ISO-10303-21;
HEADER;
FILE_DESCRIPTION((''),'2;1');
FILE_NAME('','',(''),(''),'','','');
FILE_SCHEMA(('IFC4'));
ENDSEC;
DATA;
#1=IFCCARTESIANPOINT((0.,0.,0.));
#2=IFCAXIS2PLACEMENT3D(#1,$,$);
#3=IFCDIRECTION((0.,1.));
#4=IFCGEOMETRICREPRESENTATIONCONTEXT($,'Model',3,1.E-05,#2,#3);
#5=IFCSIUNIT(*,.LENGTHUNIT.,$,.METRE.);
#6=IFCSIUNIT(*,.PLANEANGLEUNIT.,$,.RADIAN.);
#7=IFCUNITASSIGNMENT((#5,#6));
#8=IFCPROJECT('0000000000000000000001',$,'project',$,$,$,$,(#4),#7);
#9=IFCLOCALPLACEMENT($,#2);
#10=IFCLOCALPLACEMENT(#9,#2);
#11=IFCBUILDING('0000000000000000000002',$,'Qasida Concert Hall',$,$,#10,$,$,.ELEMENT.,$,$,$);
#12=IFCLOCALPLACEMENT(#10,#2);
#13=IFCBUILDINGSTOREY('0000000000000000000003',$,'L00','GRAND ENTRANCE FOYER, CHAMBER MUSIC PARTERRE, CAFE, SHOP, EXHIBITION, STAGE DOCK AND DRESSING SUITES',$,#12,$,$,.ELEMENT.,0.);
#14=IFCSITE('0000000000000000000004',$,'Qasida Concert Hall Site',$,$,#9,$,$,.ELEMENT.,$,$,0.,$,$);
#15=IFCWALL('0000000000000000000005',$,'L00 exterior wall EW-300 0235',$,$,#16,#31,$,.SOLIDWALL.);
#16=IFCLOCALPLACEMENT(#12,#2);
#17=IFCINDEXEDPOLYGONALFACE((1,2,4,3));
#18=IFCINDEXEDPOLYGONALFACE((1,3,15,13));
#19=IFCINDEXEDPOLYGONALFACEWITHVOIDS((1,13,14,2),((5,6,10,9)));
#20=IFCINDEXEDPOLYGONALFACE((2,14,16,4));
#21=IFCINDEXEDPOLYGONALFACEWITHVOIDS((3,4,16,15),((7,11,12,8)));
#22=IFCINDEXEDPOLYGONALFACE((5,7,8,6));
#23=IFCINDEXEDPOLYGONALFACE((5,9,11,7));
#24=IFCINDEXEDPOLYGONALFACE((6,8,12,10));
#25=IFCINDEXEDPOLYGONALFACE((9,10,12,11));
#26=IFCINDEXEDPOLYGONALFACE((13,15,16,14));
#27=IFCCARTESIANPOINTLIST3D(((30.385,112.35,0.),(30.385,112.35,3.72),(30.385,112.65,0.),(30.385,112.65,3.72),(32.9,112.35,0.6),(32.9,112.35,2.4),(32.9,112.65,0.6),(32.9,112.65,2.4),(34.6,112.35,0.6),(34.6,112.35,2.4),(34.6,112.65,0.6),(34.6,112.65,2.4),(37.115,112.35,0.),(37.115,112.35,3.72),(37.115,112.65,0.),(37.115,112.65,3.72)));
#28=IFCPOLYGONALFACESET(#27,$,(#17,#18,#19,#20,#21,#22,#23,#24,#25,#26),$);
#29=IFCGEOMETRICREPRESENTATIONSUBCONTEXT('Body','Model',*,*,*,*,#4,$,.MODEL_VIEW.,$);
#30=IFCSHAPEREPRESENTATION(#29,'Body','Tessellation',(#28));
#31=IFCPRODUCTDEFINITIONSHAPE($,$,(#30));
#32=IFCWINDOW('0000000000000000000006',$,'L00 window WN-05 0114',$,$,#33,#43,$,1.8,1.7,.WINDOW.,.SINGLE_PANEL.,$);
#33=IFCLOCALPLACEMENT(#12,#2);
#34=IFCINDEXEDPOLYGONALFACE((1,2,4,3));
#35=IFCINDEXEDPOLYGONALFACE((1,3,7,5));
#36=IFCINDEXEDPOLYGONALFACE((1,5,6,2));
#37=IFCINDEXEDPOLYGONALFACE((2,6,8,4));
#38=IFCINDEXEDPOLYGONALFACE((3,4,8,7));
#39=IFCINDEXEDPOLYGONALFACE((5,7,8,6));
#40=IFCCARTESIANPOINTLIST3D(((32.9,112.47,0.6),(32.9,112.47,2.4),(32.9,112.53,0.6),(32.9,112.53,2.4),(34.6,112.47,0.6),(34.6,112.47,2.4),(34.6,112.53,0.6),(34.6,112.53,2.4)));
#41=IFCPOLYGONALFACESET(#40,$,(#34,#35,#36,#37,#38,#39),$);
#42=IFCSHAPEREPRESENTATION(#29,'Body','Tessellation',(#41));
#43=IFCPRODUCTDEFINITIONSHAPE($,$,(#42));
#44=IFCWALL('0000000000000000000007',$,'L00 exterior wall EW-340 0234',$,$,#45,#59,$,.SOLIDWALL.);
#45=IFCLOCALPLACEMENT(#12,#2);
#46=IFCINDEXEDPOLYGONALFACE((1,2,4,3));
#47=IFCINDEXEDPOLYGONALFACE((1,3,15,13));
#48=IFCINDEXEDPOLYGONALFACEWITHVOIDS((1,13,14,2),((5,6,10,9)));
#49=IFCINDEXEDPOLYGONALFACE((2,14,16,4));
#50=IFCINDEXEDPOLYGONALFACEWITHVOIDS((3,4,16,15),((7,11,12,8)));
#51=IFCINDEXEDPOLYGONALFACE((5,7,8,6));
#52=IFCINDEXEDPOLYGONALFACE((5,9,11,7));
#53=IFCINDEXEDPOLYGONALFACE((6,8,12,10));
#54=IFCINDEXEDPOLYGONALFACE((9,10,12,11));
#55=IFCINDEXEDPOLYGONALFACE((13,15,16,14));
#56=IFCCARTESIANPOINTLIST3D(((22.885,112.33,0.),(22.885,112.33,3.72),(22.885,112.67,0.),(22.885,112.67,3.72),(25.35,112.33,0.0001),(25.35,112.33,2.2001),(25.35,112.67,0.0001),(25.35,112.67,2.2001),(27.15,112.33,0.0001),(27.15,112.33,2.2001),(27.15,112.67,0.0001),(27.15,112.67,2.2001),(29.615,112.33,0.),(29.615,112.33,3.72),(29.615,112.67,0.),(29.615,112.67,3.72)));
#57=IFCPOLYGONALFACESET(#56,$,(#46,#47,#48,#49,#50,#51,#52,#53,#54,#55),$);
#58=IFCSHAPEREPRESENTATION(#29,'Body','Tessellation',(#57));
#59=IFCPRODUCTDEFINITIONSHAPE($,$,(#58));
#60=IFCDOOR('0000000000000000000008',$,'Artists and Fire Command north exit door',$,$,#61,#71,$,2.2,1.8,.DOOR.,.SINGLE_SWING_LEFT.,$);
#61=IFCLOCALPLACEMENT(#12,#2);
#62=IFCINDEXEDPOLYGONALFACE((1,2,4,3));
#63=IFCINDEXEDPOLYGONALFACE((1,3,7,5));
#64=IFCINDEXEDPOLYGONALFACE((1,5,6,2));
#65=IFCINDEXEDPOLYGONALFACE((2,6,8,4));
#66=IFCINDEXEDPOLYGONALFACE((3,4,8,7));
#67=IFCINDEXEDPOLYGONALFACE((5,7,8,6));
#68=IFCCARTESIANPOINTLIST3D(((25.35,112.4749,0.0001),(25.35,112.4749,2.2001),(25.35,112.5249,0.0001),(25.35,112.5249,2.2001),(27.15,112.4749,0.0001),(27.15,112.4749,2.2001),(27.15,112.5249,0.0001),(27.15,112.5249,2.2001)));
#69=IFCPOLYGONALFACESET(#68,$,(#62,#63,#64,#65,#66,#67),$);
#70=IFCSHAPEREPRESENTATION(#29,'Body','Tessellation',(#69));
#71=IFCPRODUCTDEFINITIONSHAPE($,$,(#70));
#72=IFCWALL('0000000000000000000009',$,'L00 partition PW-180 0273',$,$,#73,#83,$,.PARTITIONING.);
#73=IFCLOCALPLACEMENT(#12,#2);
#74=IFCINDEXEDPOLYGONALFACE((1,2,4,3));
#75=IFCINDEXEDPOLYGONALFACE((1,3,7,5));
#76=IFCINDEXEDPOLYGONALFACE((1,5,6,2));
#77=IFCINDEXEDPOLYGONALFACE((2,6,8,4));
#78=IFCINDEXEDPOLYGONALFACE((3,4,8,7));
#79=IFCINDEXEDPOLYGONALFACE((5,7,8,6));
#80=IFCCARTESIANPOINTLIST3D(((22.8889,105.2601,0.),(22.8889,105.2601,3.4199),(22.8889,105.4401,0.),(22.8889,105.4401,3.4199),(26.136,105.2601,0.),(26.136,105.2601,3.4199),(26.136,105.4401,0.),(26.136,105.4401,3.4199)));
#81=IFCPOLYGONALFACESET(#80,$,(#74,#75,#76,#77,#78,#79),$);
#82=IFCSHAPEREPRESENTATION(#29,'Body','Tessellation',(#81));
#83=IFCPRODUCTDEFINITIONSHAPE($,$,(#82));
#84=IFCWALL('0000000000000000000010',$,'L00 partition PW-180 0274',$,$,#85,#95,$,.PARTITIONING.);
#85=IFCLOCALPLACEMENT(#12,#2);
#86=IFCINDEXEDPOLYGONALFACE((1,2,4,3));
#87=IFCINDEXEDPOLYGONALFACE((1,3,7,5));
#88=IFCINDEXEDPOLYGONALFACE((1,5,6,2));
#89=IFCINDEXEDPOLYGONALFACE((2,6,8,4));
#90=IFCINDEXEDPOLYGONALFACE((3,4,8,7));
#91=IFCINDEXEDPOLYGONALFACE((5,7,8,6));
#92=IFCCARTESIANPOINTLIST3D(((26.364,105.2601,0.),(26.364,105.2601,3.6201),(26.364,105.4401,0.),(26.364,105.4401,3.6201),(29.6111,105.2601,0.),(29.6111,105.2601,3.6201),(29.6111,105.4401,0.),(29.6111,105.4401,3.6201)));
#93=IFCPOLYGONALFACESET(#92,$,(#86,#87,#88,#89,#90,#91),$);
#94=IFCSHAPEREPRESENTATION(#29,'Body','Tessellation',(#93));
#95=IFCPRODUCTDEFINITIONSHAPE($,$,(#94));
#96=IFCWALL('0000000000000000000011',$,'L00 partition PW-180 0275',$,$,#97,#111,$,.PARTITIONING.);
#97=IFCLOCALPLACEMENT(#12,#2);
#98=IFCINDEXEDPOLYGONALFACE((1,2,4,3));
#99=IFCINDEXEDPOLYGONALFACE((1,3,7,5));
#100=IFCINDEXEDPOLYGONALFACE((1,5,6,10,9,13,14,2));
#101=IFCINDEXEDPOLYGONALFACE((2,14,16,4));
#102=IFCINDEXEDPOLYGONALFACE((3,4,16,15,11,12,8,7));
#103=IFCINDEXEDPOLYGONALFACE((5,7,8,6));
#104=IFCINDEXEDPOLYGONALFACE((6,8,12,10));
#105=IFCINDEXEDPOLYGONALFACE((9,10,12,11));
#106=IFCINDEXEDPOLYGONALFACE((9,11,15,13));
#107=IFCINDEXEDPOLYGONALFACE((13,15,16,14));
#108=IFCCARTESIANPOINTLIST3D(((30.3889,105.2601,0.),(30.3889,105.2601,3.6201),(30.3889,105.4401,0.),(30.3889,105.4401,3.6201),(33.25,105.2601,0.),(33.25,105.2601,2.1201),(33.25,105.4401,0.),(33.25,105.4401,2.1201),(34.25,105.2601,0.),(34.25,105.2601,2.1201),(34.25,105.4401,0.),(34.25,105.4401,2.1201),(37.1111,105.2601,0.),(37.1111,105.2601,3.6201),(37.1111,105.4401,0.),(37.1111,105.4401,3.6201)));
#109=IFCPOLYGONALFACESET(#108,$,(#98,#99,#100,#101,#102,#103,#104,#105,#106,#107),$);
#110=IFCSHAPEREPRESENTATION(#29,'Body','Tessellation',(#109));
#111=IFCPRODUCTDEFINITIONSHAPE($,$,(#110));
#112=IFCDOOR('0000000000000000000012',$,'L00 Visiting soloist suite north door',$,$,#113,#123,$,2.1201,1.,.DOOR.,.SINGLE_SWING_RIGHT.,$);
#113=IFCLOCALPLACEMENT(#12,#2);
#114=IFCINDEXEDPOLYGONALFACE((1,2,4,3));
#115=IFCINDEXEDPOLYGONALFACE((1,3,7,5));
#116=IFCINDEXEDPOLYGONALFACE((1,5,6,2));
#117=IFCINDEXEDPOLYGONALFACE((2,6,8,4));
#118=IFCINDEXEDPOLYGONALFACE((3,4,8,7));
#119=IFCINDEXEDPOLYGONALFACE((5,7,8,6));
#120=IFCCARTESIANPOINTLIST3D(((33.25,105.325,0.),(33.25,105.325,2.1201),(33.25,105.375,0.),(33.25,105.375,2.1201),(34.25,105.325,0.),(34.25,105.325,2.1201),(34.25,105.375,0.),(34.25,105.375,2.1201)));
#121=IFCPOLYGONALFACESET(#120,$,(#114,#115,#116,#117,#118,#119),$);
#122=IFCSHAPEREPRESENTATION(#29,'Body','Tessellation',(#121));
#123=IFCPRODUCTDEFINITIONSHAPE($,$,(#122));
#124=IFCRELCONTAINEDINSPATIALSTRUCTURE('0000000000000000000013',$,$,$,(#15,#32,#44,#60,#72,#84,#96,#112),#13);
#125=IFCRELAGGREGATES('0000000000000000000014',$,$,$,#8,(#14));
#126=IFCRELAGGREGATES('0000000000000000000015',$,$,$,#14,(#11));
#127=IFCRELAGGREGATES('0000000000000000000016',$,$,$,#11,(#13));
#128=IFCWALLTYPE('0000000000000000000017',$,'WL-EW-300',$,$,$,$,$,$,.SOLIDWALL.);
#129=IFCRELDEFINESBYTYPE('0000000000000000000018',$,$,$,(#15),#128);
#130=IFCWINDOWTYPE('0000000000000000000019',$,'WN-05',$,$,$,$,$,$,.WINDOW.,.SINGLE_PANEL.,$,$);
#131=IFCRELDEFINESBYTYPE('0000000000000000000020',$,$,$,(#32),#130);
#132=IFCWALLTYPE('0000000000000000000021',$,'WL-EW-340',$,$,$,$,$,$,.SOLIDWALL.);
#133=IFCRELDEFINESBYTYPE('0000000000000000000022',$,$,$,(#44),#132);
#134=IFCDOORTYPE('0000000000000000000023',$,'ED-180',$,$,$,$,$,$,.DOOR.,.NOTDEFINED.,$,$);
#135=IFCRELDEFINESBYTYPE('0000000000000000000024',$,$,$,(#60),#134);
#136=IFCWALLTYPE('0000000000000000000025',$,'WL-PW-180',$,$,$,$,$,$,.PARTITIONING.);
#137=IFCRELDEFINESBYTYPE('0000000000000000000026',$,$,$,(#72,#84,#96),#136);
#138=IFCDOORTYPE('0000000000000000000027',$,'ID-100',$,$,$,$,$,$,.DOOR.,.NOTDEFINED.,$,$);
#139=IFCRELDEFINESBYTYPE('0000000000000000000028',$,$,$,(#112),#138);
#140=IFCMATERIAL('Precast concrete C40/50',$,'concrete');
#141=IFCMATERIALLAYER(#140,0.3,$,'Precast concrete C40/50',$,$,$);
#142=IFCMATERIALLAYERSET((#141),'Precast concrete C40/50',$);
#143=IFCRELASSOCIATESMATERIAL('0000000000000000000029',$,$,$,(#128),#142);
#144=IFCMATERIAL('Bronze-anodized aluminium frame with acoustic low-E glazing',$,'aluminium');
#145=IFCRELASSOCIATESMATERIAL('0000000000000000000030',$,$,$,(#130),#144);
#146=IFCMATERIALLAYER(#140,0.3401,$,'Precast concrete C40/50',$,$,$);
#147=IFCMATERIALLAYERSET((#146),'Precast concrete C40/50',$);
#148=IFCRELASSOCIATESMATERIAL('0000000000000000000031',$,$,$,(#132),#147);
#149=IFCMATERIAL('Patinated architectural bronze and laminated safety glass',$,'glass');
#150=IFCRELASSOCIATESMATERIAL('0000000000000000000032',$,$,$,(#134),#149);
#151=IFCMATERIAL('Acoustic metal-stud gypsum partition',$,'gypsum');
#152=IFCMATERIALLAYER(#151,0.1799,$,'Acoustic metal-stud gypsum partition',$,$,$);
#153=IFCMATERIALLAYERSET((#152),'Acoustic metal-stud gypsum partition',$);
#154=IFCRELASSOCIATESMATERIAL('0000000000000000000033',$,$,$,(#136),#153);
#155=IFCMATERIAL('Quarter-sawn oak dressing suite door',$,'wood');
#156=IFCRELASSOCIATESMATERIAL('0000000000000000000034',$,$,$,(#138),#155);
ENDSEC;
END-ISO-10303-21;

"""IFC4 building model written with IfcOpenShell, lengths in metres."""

from ifc_helpers import new_model, si_unit, direction, frame, frame_2d, origin, place, context, subcontext, project, spatial, rectangle, extrude, material, layer, layer_set, type_object, element, fill, save


model = new_model("IFC4")

# Units and contexts
model_context = context("Model", 3, precision=1e-05, world=origin(), true_north=direction((0.0, 1.0)))
body_context = subcontext(model_context, "Body", "Model", "MODEL_VIEW")
ifc_project = project(units=[si_unit("LENGTHUNIT", "METRE"), si_unit("PLANEANGLEUNIT", "RADIAN")], contexts=[model_context])

# Site, building, storey
site_placement = place(None, origin())
site = spatial("IfcSite", under=ifc_project, at=site_placement, Name="Qasida Concert Hall Site", CompositionType="ELEMENT", RefElevation=0.0)
building_placement = place(site_placement, origin())
building = spatial("IfcBuilding", under=site, at=building_placement, Name="Qasida Concert Hall", CompositionType="ELEMENT")
storey_placement = place(building_placement, origin())
storey = spatial("IfcBuildingStorey", under=building, at=storey_placement, Name="L00", Description="GRAND ENTRANCE FOYER, CHAMBER MUSIC PARTERRE, CAFE, SHOP, EXHIBITION, STAGE DOCK AND DRESSING SUITES", CompositionType="ELEMENT", Elevation=0.0)

# Wall, opening, window
ifc_material_1 = material(Name="Precast concrete C40/50", Category="concrete")
ifc_layer_1 = layer(ifc_material_1, 0.3, Name="Precast concrete C40/50")
ifc_layer_set_1 = layer_set([ifc_layer_1], Name="Precast concrete C40/50")
wall_type_1 = type_object("IfcWallType", Name="WL-EW-300", PredefinedType="SOLIDWALL", material=ifc_layer_set_1)
wall_1_placement = place(storey_placement, frame((30.385, 112.5, 0.0), z_axis=(0.0, 0.0, 1.0), x_axis=(1.0, 0.0, 0.0)))
wall_1 = element("IfcWall", 1, at=wall_1_placement, inside=storey, type_object=wall_type_1, Name="L00 exterior wall EW-300 0235", PredefinedType="SOLIDWALL", context=body_context, shape_type="SweptSolid", body=[
    extrude(rectangle(XDim=6.73, YDim=0.3, at=frame_2d((3.365, 0.0))), origin(), (0.0, 0.0, 1.0), 3.72),
])
opening_1_placement = place(wall_1_placement, frame((2.5149, 0.0, 0.6001)))
opening_1 = element("IfcOpeningElement", 2, at=opening_1_placement, cuts=wall_1, PredefinedType="OPENING", context=body_context, shape_type="SweptSolid", body=[
    extrude(rectangle(XDim=1.7, YDim=1.8, at=frame_2d((0.8501, 0.8999))), frame((0.0, 0.1599, 0.0), z_axis=(0.0, -1.0, 0.0), x_axis=(1.0, 0.0, 0.0)), (0.0, 0.0, 1.0), 0.3201),
])
ifc_material_2 = material(Name="Bronze-anodized aluminium frame with acoustic low-E glazing", Category="aluminium")
window_type = type_object("IfcWindowType", Name="WN-05", PartitioningType="SINGLE_PANEL", PredefinedType="WINDOW", material=ifc_material_2)
window_placement = place(opening_1_placement, origin())
window = element("IfcWindow", 3, at=window_placement, inside=storey, type_object=window_type, Name="L00 window WN-05 0114", OverallHeight=1.8, OverallWidth=1.7, PartitioningType="SINGLE_PANEL", PredefinedType="WINDOW", context=body_context, shape_type="SweptSolid", body=[
    extrude(rectangle(XDim=1.7, YDim=1.8, at=frame_2d((0.8501, 0.8999))), frame((0.0, 0.03, 0.0), z_axis=(0.0, -1.0, 0.0), x_axis=(1.0, 0.0, 0.0)), (0.0, 0.0, 1.0), 0.0601),
])
fill(opening_1, window)

# Wall, opening, door
ifc_layer_2 = layer(ifc_material_1, 0.3401, Name="Precast concrete C40/50")
ifc_layer_set_2 = layer_set([ifc_layer_2], Name="Precast concrete C40/50")
wall_type_2 = type_object("IfcWallType", Name="WL-EW-340", PredefinedType="SOLIDWALL", material=ifc_layer_set_2)
wall_2_placement = place(storey_placement, frame((22.885, 112.5, 0.0), z_axis=(0.0, 0.0, 1.0), x_axis=(1.0, 0.0, 0.0)))
wall_2 = element("IfcWall", 4, at=wall_2_placement, inside=storey, type_object=wall_type_2, Name="L00 exterior wall EW-340 0234", PredefinedType="SOLIDWALL", context=body_context, shape_type="SweptSolid", body=[
    extrude(rectangle(XDim=6.73, YDim=0.3401, at=frame_2d((3.365, 0.0))), origin(), (0.0, 0.0, 1.0), 3.72),
])
opening_2_placement = place(wall_2_placement, frame((2.4651, 0.0, 0.0)))
opening_2 = element("IfcOpeningElement", 5, at=opening_2_placement, cuts=wall_2, PredefinedType="OPENING", context=body_context, shape_type="SweptSolid", body=[
    extrude(rectangle(XDim=1.8, YDim=2.2, at=frame_2d((0.8999, 1.1001))), frame((0.0, 0.1799, 0.0), z_axis=(0.0, -1.0, 0.0), x_axis=(1.0, 0.0, 0.0)), (0.0, 0.0, 1.0), 0.3601),
])
ifc_material_3 = material(Name="Patinated architectural bronze and laminated safety glass", Category="glass")
door_type_1 = type_object("IfcDoorType", Name="ED-180", OperationType="NOTDEFINED", PredefinedType="DOOR", material=ifc_material_3)
door_1_placement = place(opening_2_placement, origin())
door_1 = element("IfcDoor", 6, at=door_1_placement, inside=storey, type_object=door_type_1, Name="Artists and Fire Command north exit door", OperationType="SINGLE_SWING_LEFT", OverallHeight=2.2, OverallWidth=1.8, PredefinedType="DOOR", context=body_context, shape_type="SweptSolid", body=[
    extrude(rectangle(XDim=1.8, YDim=2.2, at=frame_2d((0.8999, 1.1001))), frame((0.0, 0.0249, 0.0), z_axis=(0.0, -1.0, 0.0), x_axis=(1.0, 0.0, 0.0)), (0.0, 0.0, 1.0), 0.05),
])
fill(opening_2, door_1)

# Walls
ifc_material_4 = material(Name="Acoustic metal-stud gypsum partition", Category="gypsum")
ifc_layer_3 = layer(ifc_material_4, 0.1799, Name="Acoustic metal-stud gypsum partition")
ifc_layer_set_3 = layer_set([ifc_layer_3], Name="Acoustic metal-stud gypsum partition")
wall_type_3 = type_object("IfcWallType", Name="WL-PW-180", PredefinedType="PARTITIONING", material=ifc_layer_set_3)
wall_3_placement = place(storey_placement, frame((22.8889, 105.3501, 0.0), z_axis=(0.0, 0.0, 1.0), x_axis=(1.0, 0.0, 0.0)))
element("IfcWall", 7, at=wall_3_placement, inside=storey, type_object=wall_type_3, Name="L00 partition PW-180 0273", PredefinedType="PARTITIONING", context=body_context, shape_type="SweptSolid", body=[
    extrude(rectangle(XDim=3.2471, YDim=0.1799, at=frame_2d((1.6235, 0.0))), origin(), (0.0, 0.0, 1.0), 3.4199),
])
wall_4_placement = place(storey_placement, frame((26.364, 105.3501, 0.0), z_axis=(0.0, 0.0, 1.0), x_axis=(1.0, 0.0, 0.0)))
element("IfcWall", 8, at=wall_4_placement, inside=storey, type_object=wall_type_3, Name="L00 partition PW-180 0274", PredefinedType="PARTITIONING", context=body_context, shape_type="SweptSolid", body=[
    extrude(rectangle(XDim=3.2471, YDim=0.1799, at=frame_2d((1.6235, 0.0))), origin(), (0.0, 0.0, 1.0), 3.6201),
])

# Wall, opening, door
wall_5_placement = place(storey_placement, frame((30.3889, 105.3501, 0.0), z_axis=(0.0, 0.0, 1.0), x_axis=(1.0, 0.0, 0.0)))
wall_5 = element("IfcWall", 9, at=wall_5_placement, inside=storey, type_object=wall_type_3, Name="L00 partition PW-180 0275", PredefinedType="PARTITIONING", context=body_context, shape_type="SweptSolid", body=[
    extrude(rectangle(XDim=6.7222, YDim=0.1799, at=frame_2d((3.3611, 0.0))), origin(), (0.0, 0.0, 1.0), 3.6201),
])
opening_3_placement = place(wall_5_placement, frame((2.8611, 0.0, 0.0)))
opening_3 = element("IfcOpeningElement", 10, at=opening_3_placement, cuts=wall_5, PredefinedType="OPENING", context=body_context, shape_type="SweptSolid", body=[
    extrude(rectangle(XDim=1.0, YDim=2.1201, at=frame_2d((0.5, 1.0601))), frame((0.0, 0.0999, 0.0), z_axis=(0.0, -1.0, 0.0), x_axis=(1.0, 0.0, 0.0)), (0.0, 0.0, 1.0), 0.2),
])
ifc_material_5 = material(Name="Quarter-sawn oak dressing suite door", Category="wood")
door_type_2 = type_object("IfcDoorType", Name="ID-100", OperationType="NOTDEFINED", PredefinedType="DOOR", material=ifc_material_5)
door_2_placement = place(opening_3_placement, origin())
door_2 = element("IfcDoor", 11, at=door_2_placement, inside=storey, type_object=door_type_2, Name="L00 Visiting soloist suite north door", OperationType="SINGLE_SWING_RIGHT", OverallHeight=2.1201, OverallWidth=1.0, PredefinedType="DOOR", context=body_context, shape_type="SweptSolid", body=[
    extrude(rectangle(XDim=1.0, YDim=2.1201, at=frame_2d((0.5, 1.0601))), frame((0.0, 0.0249, 0.0), z_axis=(0.0, -1.0, 0.0), x_axis=(1.0, 0.0, 0.0)), (0.0, 0.0, 1.0), 0.05),
])
fill(opening_3, door_2)

save(model, "model.ifc")
